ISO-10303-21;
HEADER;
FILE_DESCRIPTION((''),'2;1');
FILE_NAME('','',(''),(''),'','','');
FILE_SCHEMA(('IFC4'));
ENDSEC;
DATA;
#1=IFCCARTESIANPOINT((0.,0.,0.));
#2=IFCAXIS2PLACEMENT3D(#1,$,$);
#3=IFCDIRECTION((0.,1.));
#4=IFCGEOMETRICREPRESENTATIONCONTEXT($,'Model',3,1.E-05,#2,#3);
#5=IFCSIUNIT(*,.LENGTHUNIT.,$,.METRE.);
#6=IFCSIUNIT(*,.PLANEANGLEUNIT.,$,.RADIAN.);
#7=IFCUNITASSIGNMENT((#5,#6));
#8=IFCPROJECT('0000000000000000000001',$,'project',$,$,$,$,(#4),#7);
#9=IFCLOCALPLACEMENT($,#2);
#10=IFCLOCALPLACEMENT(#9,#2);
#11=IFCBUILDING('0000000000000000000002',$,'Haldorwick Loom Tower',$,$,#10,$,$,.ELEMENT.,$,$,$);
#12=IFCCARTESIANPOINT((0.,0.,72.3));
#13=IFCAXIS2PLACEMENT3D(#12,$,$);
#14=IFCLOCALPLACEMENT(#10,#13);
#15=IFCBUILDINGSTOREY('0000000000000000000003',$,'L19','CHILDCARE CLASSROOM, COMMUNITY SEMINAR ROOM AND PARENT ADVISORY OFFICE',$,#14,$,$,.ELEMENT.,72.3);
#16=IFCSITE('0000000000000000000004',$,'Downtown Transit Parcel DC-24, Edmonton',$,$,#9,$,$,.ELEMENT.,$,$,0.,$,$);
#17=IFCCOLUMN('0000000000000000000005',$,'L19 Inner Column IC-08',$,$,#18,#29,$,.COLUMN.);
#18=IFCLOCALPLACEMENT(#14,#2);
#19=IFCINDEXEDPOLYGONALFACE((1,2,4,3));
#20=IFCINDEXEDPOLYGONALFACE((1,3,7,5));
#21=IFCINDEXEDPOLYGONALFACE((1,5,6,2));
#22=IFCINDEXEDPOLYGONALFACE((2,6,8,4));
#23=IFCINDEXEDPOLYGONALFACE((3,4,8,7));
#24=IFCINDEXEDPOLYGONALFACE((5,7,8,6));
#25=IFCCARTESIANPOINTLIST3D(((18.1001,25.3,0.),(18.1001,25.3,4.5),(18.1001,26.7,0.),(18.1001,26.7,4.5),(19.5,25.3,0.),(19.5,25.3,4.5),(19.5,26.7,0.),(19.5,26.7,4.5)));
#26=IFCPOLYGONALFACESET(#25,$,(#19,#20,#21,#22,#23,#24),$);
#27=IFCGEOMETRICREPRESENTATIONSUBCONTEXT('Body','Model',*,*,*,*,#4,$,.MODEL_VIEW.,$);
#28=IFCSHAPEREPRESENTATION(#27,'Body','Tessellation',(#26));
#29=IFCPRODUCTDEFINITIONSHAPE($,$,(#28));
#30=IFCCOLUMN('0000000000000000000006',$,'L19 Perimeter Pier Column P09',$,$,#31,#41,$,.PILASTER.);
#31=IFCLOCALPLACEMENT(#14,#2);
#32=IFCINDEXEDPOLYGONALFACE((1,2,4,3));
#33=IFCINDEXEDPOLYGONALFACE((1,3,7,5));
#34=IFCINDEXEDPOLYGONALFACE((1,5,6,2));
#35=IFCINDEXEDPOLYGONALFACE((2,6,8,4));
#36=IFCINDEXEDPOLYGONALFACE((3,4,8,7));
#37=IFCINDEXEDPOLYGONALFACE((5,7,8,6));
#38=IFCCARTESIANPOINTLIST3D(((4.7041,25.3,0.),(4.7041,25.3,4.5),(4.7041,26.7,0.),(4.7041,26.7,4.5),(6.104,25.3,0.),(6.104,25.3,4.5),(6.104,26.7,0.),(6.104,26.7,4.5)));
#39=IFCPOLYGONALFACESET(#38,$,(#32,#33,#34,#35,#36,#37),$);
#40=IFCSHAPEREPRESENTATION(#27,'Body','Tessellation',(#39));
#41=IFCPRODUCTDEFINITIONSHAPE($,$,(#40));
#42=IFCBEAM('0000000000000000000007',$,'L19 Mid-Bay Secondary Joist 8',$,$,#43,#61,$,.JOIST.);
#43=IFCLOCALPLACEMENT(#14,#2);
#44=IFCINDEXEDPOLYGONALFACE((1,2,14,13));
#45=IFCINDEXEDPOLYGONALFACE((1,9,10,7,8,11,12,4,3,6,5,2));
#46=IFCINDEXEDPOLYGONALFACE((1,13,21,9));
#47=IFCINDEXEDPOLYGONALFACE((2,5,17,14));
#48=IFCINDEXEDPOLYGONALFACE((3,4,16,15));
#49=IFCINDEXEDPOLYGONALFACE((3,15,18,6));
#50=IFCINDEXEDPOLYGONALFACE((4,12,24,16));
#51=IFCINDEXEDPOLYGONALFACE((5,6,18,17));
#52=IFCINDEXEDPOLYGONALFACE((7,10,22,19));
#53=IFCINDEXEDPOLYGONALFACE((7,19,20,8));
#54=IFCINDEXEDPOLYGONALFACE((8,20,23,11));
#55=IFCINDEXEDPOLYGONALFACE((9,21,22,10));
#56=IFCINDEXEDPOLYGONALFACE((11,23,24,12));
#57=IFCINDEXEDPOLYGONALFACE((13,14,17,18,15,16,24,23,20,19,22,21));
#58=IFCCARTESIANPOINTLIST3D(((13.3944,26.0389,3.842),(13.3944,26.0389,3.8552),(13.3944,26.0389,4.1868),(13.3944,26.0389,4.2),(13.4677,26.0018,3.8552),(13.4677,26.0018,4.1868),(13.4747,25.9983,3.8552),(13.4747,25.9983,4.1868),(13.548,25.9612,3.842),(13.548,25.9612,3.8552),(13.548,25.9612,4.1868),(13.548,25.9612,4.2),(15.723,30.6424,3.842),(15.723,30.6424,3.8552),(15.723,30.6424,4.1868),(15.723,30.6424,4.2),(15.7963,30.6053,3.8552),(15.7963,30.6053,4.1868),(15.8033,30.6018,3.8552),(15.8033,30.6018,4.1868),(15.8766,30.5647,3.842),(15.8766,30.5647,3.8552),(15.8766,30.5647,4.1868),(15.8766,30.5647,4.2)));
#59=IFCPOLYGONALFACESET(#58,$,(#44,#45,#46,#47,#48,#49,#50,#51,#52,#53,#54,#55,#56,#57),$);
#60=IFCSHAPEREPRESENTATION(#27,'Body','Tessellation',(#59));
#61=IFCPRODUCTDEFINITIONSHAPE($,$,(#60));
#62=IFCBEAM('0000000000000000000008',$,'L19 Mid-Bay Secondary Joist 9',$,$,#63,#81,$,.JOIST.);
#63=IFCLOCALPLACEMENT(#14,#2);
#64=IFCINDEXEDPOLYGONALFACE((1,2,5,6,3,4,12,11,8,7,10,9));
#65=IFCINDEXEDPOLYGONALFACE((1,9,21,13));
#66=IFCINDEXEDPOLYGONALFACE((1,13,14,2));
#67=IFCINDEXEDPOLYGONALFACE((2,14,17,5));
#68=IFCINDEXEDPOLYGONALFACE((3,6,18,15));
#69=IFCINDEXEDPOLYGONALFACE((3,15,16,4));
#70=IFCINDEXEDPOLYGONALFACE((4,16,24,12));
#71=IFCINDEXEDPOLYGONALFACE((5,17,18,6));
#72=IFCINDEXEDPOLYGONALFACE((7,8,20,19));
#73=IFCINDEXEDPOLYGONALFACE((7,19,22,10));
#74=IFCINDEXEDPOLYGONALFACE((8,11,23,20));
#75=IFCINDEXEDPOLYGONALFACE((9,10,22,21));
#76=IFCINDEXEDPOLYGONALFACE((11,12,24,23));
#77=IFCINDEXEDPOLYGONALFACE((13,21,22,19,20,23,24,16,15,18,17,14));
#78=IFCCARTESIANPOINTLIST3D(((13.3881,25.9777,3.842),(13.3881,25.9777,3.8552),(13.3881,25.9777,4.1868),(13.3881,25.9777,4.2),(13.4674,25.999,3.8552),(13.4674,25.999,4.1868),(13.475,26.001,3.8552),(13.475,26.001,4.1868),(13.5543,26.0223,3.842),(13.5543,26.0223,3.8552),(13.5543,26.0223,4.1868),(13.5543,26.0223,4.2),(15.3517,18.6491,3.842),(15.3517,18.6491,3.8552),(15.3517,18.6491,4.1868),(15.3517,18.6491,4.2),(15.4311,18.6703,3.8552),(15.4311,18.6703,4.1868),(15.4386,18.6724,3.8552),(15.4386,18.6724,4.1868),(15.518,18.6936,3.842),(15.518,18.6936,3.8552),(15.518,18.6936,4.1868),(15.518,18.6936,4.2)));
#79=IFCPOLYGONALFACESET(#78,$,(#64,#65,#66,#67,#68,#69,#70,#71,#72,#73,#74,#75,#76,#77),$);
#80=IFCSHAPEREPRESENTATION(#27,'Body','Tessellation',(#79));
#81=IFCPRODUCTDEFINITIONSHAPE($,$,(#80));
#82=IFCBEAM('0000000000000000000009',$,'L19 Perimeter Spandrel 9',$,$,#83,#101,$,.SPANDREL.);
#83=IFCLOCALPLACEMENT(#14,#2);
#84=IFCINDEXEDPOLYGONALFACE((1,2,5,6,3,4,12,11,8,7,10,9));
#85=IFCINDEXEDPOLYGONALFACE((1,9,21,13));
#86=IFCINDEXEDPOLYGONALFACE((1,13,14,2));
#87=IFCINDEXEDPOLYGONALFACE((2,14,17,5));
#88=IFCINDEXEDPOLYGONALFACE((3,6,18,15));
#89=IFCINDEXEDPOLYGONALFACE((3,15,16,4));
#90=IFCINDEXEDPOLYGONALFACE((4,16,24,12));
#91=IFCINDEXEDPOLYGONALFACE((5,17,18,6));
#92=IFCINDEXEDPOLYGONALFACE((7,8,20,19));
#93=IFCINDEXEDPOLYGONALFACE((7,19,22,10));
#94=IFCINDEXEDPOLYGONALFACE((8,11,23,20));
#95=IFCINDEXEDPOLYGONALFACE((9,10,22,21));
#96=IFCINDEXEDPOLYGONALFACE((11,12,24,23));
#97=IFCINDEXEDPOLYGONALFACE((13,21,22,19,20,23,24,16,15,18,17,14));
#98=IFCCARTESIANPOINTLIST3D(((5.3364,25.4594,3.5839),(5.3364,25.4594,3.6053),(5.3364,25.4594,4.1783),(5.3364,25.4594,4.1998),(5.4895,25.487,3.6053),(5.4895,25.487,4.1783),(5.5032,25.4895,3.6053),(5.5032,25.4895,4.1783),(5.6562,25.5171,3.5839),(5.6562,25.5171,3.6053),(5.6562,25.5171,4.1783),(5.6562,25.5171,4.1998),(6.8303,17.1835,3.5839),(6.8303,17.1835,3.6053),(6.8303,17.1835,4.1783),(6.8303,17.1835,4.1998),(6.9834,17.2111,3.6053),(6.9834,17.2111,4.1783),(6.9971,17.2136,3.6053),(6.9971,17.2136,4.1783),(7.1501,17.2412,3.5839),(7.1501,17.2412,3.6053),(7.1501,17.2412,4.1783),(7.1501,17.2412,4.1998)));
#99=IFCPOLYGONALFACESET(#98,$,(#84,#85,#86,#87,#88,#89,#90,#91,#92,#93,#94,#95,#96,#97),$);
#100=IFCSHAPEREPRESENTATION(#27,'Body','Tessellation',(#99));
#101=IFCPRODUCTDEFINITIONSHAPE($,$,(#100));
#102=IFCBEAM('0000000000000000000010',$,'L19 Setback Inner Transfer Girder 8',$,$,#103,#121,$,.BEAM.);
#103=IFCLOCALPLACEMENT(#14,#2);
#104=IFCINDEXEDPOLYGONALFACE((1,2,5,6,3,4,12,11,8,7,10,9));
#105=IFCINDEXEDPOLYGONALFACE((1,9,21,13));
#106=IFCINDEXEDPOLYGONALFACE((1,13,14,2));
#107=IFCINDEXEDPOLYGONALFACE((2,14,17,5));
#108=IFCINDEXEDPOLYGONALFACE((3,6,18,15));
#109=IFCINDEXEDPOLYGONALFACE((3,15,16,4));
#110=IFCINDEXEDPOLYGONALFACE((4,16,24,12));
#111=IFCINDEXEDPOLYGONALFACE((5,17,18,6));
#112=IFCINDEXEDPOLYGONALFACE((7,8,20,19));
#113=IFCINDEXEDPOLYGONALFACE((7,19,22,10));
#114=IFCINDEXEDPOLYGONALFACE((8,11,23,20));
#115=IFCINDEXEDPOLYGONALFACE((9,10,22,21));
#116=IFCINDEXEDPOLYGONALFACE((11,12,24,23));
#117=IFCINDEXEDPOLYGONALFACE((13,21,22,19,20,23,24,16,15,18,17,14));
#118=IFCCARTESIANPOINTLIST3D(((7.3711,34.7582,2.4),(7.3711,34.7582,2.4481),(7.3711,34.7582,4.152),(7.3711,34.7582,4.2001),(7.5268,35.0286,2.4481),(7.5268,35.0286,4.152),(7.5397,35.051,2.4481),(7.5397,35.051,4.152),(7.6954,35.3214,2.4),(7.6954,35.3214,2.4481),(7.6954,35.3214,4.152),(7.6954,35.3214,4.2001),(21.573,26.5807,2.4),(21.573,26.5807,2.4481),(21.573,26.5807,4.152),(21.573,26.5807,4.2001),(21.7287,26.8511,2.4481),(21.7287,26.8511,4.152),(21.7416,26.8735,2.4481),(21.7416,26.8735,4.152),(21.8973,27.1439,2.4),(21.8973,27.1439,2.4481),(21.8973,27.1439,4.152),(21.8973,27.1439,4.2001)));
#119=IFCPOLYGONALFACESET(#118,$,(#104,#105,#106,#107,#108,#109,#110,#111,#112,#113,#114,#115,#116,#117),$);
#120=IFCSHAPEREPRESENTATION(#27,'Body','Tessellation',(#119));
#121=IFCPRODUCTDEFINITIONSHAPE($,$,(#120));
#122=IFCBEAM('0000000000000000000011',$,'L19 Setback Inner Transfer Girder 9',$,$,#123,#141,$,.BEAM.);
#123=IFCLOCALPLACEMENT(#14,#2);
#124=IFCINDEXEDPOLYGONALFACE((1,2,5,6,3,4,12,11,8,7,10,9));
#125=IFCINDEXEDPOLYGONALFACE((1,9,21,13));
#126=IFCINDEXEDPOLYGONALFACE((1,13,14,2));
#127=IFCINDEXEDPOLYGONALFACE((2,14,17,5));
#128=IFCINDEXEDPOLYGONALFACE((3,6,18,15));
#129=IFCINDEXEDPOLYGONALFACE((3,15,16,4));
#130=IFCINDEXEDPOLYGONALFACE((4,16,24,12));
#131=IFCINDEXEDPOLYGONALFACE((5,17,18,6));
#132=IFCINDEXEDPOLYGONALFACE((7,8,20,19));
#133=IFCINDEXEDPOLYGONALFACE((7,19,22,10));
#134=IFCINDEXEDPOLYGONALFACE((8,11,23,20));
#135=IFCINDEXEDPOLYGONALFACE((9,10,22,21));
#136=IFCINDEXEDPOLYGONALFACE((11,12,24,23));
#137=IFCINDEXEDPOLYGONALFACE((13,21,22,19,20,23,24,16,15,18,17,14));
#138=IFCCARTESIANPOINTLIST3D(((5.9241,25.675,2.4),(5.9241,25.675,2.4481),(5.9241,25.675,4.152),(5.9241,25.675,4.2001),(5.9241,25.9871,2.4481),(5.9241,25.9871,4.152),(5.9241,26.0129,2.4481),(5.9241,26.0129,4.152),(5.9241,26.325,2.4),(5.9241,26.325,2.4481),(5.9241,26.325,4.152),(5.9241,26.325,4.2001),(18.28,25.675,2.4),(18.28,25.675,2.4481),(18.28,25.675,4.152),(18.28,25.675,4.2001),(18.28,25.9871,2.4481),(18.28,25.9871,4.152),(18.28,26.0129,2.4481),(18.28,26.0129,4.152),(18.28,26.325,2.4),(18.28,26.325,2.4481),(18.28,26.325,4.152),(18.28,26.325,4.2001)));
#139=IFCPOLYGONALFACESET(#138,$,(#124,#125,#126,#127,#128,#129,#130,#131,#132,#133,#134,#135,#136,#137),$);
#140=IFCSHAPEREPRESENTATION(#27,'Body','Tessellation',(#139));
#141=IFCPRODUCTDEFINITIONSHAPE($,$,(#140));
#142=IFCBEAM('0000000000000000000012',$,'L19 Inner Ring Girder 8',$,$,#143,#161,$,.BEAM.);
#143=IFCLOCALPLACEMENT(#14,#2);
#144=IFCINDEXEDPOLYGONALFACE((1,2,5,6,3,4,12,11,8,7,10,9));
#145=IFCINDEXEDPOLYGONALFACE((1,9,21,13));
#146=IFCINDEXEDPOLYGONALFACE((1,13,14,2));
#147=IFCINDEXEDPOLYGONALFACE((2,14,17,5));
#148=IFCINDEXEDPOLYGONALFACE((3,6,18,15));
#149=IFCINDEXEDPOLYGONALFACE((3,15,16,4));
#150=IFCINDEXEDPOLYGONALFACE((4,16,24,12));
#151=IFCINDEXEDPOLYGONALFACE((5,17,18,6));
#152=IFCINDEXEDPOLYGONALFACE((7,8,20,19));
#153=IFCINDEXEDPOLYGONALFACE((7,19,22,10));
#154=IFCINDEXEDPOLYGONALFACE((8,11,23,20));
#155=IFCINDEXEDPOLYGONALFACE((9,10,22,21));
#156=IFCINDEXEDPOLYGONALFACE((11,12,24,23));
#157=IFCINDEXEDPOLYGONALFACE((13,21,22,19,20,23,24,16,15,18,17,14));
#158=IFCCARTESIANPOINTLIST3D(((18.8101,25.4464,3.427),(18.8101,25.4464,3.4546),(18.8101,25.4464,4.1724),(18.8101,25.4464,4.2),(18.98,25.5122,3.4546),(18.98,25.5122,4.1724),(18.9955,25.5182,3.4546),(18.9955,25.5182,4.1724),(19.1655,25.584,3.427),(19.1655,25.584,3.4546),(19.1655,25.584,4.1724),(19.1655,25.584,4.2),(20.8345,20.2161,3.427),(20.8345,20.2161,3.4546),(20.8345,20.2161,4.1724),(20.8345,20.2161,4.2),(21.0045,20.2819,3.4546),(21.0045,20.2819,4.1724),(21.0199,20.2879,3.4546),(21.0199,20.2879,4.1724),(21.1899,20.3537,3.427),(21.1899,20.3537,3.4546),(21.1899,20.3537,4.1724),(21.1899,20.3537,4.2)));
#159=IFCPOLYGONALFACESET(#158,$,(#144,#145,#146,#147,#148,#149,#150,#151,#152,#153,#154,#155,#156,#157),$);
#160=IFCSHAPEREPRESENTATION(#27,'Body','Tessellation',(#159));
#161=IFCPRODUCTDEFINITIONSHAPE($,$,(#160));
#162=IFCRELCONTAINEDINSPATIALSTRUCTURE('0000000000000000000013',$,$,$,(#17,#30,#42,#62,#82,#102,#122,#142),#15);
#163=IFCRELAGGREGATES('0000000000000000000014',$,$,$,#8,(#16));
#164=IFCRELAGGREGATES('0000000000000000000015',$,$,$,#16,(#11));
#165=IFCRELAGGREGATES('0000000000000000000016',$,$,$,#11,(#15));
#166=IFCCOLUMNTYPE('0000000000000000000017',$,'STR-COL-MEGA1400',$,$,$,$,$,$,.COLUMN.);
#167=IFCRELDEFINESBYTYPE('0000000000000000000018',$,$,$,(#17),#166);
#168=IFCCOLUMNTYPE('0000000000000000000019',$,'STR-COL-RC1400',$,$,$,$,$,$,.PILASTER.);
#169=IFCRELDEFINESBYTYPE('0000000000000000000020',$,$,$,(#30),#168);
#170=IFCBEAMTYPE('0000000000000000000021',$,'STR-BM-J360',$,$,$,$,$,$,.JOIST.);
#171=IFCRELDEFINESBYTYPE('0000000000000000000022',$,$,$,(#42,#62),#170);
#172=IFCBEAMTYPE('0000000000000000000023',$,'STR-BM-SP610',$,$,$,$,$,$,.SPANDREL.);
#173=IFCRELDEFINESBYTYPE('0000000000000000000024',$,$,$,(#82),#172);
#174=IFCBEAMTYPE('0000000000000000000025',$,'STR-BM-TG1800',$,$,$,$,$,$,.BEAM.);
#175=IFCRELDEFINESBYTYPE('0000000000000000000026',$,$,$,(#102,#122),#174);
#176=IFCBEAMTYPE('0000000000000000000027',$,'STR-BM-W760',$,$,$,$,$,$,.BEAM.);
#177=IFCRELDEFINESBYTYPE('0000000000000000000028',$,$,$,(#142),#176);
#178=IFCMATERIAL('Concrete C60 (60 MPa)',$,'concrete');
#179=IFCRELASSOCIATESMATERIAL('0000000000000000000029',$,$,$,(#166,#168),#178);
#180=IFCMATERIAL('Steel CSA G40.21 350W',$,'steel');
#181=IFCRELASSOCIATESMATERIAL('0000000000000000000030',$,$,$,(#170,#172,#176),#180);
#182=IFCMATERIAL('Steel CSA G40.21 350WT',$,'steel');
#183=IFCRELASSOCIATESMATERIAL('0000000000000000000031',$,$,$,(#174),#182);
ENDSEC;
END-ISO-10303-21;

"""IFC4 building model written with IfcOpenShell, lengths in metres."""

from ifc_helpers import new_model, si_unit, direction, frame, origin, origin_2d, place, context, subcontext, project, spatial, rectangle, i_section, extrude, material, material_profile, profile_set, type_object, element, save


model = new_model("IFC4")

# Units and contexts
model_context = context("Model", 3, precision=1e-05, world=origin(), true_north=direction((0.0, 1.0)))
body_context = subcontext(model_context, "Body", "Model", "MODEL_VIEW")
ifc_project = project(units=[si_unit("LENGTHUNIT", "METRE"), si_unit("PLANEANGLEUNIT", "RADIAN")], contexts=[model_context])

# Site, building, storey
site_placement = place(None, origin())
site = spatial("IfcSite", under=ifc_project, at=site_placement, Name="Downtown Transit Parcel DC-24, Edmonton", CompositionType="ELEMENT", RefElevation=0.0)
building_placement = place(site_placement, origin())
building = spatial("IfcBuilding", under=site, at=building_placement, Name="Haldorwick Loom Tower", CompositionType="ELEMENT")
storey_placement = place(building_placement, frame((0.0, 0.0, 72.3)))
storey = spatial("IfcBuildingStorey", under=building, at=storey_placement, Name="L19", Description="CHILDCARE CLASSROOM, COMMUNITY SEMINAR ROOM AND PARENT ADVISORY OFFICE", CompositionType="ELEMENT", Elevation=72.3)

# Columns
ifc_material_1 = material(Name="Concrete C60 (60 MPa)", Category="concrete")
ifc_material_profile_1 = material_profile(ifc_material_1, rectangle(XDim=1.3999, YDim=1.3999, at=origin_2d()), Name="RC1400X1400", Category="concrete")
ifc_profile_set_1 = profile_set([ifc_material_profile_1], Name="Concrete C60 (60 MPa)")
column_type_1 = type_object("IfcColumnType", Name="STR-COL-MEGA1400", PredefinedType="COLUMN", material=ifc_profile_set_1)
column_1_placement = place(storey_placement, frame((18.8, 26.0, 0.0), z_axis=(0.0, 0.0, 1.0), x_axis=(1.0, 0.0, 0.0)))
element("IfcColumn", 1, at=column_1_placement, inside=storey, type_object=column_type_1, Name="L19 Inner Column IC-08", PredefinedType="COLUMN", context=body_context, shape_type="SweptSolid", body=[
    extrude(rectangle(XDim=1.3999, YDim=1.3999, at=origin_2d()), origin(), (0.0, 0.0, 1.0), 4.5),
])
ifc_material_profile_2 = material_profile(ifc_material_1, rectangle(XDim=1.3999, YDim=1.3999, at=origin_2d()), Name="RC1400X1400", Category="concrete")
ifc_profile_set_2 = profile_set([ifc_material_profile_2], Name="Concrete C60 (60 MPa)")
column_type_2 = type_object("IfcColumnType", Name="STR-COL-RC1400", PredefinedType="PILASTER", material=ifc_profile_set_2)
column_2_placement = place(storey_placement, frame((5.4041, 26.0, 0.0), z_axis=(0.0, 0.0, 1.0), x_axis=(-1.0, 0.0, 0.0)))
element("IfcColumn", 2, at=column_2_placement, inside=storey, type_object=column_type_2, Name="L19 Perimeter Pier Column P09", PredefinedType="PILASTER", context=body_context, shape_type="SweptSolid", body=[
    extrude(rectangle(XDim=1.3999, YDim=1.3999, at=origin_2d()), origin(), (0.0, 0.0, 1.0), 4.5),
])

# Beams
ifc_material_2 = material(Name="Steel CSA G40.21 350W", Category="steel")
ifc_material_profile_3 = material_profile(ifc_material_2, i_section(OverallWidth=0.1721, OverallDepth=0.3579, WebThickness=0.0078, FlangeThickness=0.0132, at=origin_2d()), Name="W360X57", Category="steel")
ifc_profile_set_3 = profile_set([ifc_material_profile_3], Name="Steel CSA G40.21 350W")
beam_type_1 = type_object("IfcBeamType", Name="STR-BM-J360", PredefinedType="JOIST", material=ifc_profile_set_3)
beam_1_placement = place(storey_placement, frame((15.7998, 30.6035, 4.021), z_axis=(-0.451373, -0.892335, 0.0), x_axis=(0.892335, -0.451373, 0.0)))
element("IfcBeam", 3, at=beam_1_placement, inside=storey, type_object=beam_type_1, Name="L19 Mid-Bay Secondary Joist 8", PredefinedType="JOIST", context=body_context, shape_type="SweptSolid", body=[
    extrude(i_section(OverallWidth=0.1721, OverallDepth=0.3579, WebThickness=0.0078, FlangeThickness=0.0132, at=origin_2d()), origin(), (0.0, 0.0, 1.0), 5.1589),
])
beam_2_placement = place(storey_placement, frame((13.4712, 26.0, 4.021), z_axis=(0.25881, -0.965928, 0.0), x_axis=(0.965928, 0.25881, 0.0)))
element("IfcBeam", 4, at=beam_2_placement, inside=storey, type_object=beam_type_1, Name="L19 Mid-Bay Secondary Joist 9", PredefinedType="JOIST", context=body_context, shape_type="SweptSolid", body=[
    extrude(i_section(OverallWidth=0.1721, OverallDepth=0.3579, WebThickness=0.0078, FlangeThickness=0.0132, at=origin_2d()), origin(), (0.0, 0.0, 1.0), 7.5872),
])
ifc_material_profile_4 = material_profile(ifc_material_2, i_section(OverallWidth=0.325, OverallDepth=0.616, WebThickness=0.0139, FlangeThickness=0.0215, at=origin_2d()), Name="W610X174", Category="steel")
ifc_profile_set_4 = profile_set([ifc_material_profile_4], Name="Steel CSA G40.21 350W")
beam_type_2 = type_object("IfcBeamType", Name="STR-BM-SP610", PredefinedType="SPANDREL", material=ifc_profile_set_4)
beam_3_placement = place(storey_placement, frame((5.4963, 25.4883, 3.8918), z_axis=(0.177641, -0.984095, 0.0), x_axis=(0.984095, 0.177641, 0.0)))
element("IfcBeam", 5, at=beam_3_placement, inside=storey, type_object=beam_type_2, Name="L19 Perimeter Spandrel 9", PredefinedType="SPANDREL", context=body_context, shape_type="SweptSolid", body=[
    extrude(i_section(OverallWidth=0.325, OverallDepth=0.616, WebThickness=0.0139, FlangeThickness=0.0215, at=origin_2d()), origin(), (0.0, 0.0, 1.0), 8.4097),
])
ifc_material_3 = material(Name="Steel CSA G40.21 350WT", Category="steel")
ifc_material_profile_5 = material_profile(ifc_material_3, i_section(OverallWidth=0.6499, OverallDepth=1.8, WebThickness=0.0259, FlangeThickness=0.0481, at=origin_2d()), Name="WWF1800X650", Category="steel")
ifc_profile_set_5 = profile_set([ifc_material_profile_5], Name="Steel CSA G40.21 350WT")
beam_type_3 = type_object("IfcBeamType", Name="STR-BM-TG1800", PredefinedType="BEAM", material=ifc_profile_set_5)
beam_4_placement = place(storey_placement, frame((21.7351, 26.8623, 3.3), z_axis=(-0.866606, 0.498994, 0.0), x_axis=(-0.498994, -0.866606, 0.0)))
element("IfcBeam", 6, at=beam_4_placement, inside=storey, type_object=beam_type_3, Name="L19 Setback Inner Transfer Girder 8", PredefinedType="BEAM", context=body_context, shape_type="SweptSolid", body=[
    extrude(i_section(OverallWidth=0.6499, OverallDepth=1.8, WebThickness=0.0259, FlangeThickness=0.0481, at=origin_2d()), origin(), (0.0, 0.0, 1.0), 16.3879),
])
beam_5_placement = place(storey_placement, frame((18.28, 26.0, 3.3), z_axis=(-1.0, 0.0, 0.0), x_axis=(0.0, -1.0, 0.0)))
element("IfcBeam", 7, at=beam_5_placement, inside=storey, type_object=beam_type_3, Name="L19 Setback Inner Transfer Girder 9", PredefinedType="BEAM", context=body_context, shape_type="SweptSolid", body=[
    extrude(i_section(OverallWidth=0.6499, OverallDepth=1.8, WebThickness=0.0259, FlangeThickness=0.0481, at=origin_2d()), origin(), (0.0, 0.0, 1.0), 12.356),
])
ifc_material_profile_6 = material_profile(ifc_material_2, i_section(OverallWidth=0.3811, OverallDepth=0.7729, WebThickness=0.0166, FlangeThickness=0.0276, at=origin_2d()), Name="W760X257", Category="steel")
ifc_profile_set_6 = profile_set([ifc_material_profile_6], Name="Steel CSA G40.21 350W")
beam_type_4 = type_object("IfcBeamType", Name="STR-BM-W760", PredefinedType="BEAM", material=ifc_profile_set_6)
beam_6_placement = place(storey_placement, frame((21.0122, 20.2849, 3.8135), z_axis=(-0.360965, 0.932579, 0.0), x_axis=(-0.932579, -0.360965, 0.0)))
element("IfcBeam", 8, at=beam_6_placement, inside=storey, type_object=beam_type_4, Name="L19 Inner Ring Girder 8", PredefinedType="BEAM", context=body_context, shape_type="SweptSolid", body=[
    extrude(i_section(OverallWidth=0.3811, OverallDepth=0.7729, WebThickness=0.0166, FlangeThickness=0.0276, at=origin_2d()), origin(), (0.0, 0.0, 1.0), 5.6084),
])

save(model, "model.ifc")
